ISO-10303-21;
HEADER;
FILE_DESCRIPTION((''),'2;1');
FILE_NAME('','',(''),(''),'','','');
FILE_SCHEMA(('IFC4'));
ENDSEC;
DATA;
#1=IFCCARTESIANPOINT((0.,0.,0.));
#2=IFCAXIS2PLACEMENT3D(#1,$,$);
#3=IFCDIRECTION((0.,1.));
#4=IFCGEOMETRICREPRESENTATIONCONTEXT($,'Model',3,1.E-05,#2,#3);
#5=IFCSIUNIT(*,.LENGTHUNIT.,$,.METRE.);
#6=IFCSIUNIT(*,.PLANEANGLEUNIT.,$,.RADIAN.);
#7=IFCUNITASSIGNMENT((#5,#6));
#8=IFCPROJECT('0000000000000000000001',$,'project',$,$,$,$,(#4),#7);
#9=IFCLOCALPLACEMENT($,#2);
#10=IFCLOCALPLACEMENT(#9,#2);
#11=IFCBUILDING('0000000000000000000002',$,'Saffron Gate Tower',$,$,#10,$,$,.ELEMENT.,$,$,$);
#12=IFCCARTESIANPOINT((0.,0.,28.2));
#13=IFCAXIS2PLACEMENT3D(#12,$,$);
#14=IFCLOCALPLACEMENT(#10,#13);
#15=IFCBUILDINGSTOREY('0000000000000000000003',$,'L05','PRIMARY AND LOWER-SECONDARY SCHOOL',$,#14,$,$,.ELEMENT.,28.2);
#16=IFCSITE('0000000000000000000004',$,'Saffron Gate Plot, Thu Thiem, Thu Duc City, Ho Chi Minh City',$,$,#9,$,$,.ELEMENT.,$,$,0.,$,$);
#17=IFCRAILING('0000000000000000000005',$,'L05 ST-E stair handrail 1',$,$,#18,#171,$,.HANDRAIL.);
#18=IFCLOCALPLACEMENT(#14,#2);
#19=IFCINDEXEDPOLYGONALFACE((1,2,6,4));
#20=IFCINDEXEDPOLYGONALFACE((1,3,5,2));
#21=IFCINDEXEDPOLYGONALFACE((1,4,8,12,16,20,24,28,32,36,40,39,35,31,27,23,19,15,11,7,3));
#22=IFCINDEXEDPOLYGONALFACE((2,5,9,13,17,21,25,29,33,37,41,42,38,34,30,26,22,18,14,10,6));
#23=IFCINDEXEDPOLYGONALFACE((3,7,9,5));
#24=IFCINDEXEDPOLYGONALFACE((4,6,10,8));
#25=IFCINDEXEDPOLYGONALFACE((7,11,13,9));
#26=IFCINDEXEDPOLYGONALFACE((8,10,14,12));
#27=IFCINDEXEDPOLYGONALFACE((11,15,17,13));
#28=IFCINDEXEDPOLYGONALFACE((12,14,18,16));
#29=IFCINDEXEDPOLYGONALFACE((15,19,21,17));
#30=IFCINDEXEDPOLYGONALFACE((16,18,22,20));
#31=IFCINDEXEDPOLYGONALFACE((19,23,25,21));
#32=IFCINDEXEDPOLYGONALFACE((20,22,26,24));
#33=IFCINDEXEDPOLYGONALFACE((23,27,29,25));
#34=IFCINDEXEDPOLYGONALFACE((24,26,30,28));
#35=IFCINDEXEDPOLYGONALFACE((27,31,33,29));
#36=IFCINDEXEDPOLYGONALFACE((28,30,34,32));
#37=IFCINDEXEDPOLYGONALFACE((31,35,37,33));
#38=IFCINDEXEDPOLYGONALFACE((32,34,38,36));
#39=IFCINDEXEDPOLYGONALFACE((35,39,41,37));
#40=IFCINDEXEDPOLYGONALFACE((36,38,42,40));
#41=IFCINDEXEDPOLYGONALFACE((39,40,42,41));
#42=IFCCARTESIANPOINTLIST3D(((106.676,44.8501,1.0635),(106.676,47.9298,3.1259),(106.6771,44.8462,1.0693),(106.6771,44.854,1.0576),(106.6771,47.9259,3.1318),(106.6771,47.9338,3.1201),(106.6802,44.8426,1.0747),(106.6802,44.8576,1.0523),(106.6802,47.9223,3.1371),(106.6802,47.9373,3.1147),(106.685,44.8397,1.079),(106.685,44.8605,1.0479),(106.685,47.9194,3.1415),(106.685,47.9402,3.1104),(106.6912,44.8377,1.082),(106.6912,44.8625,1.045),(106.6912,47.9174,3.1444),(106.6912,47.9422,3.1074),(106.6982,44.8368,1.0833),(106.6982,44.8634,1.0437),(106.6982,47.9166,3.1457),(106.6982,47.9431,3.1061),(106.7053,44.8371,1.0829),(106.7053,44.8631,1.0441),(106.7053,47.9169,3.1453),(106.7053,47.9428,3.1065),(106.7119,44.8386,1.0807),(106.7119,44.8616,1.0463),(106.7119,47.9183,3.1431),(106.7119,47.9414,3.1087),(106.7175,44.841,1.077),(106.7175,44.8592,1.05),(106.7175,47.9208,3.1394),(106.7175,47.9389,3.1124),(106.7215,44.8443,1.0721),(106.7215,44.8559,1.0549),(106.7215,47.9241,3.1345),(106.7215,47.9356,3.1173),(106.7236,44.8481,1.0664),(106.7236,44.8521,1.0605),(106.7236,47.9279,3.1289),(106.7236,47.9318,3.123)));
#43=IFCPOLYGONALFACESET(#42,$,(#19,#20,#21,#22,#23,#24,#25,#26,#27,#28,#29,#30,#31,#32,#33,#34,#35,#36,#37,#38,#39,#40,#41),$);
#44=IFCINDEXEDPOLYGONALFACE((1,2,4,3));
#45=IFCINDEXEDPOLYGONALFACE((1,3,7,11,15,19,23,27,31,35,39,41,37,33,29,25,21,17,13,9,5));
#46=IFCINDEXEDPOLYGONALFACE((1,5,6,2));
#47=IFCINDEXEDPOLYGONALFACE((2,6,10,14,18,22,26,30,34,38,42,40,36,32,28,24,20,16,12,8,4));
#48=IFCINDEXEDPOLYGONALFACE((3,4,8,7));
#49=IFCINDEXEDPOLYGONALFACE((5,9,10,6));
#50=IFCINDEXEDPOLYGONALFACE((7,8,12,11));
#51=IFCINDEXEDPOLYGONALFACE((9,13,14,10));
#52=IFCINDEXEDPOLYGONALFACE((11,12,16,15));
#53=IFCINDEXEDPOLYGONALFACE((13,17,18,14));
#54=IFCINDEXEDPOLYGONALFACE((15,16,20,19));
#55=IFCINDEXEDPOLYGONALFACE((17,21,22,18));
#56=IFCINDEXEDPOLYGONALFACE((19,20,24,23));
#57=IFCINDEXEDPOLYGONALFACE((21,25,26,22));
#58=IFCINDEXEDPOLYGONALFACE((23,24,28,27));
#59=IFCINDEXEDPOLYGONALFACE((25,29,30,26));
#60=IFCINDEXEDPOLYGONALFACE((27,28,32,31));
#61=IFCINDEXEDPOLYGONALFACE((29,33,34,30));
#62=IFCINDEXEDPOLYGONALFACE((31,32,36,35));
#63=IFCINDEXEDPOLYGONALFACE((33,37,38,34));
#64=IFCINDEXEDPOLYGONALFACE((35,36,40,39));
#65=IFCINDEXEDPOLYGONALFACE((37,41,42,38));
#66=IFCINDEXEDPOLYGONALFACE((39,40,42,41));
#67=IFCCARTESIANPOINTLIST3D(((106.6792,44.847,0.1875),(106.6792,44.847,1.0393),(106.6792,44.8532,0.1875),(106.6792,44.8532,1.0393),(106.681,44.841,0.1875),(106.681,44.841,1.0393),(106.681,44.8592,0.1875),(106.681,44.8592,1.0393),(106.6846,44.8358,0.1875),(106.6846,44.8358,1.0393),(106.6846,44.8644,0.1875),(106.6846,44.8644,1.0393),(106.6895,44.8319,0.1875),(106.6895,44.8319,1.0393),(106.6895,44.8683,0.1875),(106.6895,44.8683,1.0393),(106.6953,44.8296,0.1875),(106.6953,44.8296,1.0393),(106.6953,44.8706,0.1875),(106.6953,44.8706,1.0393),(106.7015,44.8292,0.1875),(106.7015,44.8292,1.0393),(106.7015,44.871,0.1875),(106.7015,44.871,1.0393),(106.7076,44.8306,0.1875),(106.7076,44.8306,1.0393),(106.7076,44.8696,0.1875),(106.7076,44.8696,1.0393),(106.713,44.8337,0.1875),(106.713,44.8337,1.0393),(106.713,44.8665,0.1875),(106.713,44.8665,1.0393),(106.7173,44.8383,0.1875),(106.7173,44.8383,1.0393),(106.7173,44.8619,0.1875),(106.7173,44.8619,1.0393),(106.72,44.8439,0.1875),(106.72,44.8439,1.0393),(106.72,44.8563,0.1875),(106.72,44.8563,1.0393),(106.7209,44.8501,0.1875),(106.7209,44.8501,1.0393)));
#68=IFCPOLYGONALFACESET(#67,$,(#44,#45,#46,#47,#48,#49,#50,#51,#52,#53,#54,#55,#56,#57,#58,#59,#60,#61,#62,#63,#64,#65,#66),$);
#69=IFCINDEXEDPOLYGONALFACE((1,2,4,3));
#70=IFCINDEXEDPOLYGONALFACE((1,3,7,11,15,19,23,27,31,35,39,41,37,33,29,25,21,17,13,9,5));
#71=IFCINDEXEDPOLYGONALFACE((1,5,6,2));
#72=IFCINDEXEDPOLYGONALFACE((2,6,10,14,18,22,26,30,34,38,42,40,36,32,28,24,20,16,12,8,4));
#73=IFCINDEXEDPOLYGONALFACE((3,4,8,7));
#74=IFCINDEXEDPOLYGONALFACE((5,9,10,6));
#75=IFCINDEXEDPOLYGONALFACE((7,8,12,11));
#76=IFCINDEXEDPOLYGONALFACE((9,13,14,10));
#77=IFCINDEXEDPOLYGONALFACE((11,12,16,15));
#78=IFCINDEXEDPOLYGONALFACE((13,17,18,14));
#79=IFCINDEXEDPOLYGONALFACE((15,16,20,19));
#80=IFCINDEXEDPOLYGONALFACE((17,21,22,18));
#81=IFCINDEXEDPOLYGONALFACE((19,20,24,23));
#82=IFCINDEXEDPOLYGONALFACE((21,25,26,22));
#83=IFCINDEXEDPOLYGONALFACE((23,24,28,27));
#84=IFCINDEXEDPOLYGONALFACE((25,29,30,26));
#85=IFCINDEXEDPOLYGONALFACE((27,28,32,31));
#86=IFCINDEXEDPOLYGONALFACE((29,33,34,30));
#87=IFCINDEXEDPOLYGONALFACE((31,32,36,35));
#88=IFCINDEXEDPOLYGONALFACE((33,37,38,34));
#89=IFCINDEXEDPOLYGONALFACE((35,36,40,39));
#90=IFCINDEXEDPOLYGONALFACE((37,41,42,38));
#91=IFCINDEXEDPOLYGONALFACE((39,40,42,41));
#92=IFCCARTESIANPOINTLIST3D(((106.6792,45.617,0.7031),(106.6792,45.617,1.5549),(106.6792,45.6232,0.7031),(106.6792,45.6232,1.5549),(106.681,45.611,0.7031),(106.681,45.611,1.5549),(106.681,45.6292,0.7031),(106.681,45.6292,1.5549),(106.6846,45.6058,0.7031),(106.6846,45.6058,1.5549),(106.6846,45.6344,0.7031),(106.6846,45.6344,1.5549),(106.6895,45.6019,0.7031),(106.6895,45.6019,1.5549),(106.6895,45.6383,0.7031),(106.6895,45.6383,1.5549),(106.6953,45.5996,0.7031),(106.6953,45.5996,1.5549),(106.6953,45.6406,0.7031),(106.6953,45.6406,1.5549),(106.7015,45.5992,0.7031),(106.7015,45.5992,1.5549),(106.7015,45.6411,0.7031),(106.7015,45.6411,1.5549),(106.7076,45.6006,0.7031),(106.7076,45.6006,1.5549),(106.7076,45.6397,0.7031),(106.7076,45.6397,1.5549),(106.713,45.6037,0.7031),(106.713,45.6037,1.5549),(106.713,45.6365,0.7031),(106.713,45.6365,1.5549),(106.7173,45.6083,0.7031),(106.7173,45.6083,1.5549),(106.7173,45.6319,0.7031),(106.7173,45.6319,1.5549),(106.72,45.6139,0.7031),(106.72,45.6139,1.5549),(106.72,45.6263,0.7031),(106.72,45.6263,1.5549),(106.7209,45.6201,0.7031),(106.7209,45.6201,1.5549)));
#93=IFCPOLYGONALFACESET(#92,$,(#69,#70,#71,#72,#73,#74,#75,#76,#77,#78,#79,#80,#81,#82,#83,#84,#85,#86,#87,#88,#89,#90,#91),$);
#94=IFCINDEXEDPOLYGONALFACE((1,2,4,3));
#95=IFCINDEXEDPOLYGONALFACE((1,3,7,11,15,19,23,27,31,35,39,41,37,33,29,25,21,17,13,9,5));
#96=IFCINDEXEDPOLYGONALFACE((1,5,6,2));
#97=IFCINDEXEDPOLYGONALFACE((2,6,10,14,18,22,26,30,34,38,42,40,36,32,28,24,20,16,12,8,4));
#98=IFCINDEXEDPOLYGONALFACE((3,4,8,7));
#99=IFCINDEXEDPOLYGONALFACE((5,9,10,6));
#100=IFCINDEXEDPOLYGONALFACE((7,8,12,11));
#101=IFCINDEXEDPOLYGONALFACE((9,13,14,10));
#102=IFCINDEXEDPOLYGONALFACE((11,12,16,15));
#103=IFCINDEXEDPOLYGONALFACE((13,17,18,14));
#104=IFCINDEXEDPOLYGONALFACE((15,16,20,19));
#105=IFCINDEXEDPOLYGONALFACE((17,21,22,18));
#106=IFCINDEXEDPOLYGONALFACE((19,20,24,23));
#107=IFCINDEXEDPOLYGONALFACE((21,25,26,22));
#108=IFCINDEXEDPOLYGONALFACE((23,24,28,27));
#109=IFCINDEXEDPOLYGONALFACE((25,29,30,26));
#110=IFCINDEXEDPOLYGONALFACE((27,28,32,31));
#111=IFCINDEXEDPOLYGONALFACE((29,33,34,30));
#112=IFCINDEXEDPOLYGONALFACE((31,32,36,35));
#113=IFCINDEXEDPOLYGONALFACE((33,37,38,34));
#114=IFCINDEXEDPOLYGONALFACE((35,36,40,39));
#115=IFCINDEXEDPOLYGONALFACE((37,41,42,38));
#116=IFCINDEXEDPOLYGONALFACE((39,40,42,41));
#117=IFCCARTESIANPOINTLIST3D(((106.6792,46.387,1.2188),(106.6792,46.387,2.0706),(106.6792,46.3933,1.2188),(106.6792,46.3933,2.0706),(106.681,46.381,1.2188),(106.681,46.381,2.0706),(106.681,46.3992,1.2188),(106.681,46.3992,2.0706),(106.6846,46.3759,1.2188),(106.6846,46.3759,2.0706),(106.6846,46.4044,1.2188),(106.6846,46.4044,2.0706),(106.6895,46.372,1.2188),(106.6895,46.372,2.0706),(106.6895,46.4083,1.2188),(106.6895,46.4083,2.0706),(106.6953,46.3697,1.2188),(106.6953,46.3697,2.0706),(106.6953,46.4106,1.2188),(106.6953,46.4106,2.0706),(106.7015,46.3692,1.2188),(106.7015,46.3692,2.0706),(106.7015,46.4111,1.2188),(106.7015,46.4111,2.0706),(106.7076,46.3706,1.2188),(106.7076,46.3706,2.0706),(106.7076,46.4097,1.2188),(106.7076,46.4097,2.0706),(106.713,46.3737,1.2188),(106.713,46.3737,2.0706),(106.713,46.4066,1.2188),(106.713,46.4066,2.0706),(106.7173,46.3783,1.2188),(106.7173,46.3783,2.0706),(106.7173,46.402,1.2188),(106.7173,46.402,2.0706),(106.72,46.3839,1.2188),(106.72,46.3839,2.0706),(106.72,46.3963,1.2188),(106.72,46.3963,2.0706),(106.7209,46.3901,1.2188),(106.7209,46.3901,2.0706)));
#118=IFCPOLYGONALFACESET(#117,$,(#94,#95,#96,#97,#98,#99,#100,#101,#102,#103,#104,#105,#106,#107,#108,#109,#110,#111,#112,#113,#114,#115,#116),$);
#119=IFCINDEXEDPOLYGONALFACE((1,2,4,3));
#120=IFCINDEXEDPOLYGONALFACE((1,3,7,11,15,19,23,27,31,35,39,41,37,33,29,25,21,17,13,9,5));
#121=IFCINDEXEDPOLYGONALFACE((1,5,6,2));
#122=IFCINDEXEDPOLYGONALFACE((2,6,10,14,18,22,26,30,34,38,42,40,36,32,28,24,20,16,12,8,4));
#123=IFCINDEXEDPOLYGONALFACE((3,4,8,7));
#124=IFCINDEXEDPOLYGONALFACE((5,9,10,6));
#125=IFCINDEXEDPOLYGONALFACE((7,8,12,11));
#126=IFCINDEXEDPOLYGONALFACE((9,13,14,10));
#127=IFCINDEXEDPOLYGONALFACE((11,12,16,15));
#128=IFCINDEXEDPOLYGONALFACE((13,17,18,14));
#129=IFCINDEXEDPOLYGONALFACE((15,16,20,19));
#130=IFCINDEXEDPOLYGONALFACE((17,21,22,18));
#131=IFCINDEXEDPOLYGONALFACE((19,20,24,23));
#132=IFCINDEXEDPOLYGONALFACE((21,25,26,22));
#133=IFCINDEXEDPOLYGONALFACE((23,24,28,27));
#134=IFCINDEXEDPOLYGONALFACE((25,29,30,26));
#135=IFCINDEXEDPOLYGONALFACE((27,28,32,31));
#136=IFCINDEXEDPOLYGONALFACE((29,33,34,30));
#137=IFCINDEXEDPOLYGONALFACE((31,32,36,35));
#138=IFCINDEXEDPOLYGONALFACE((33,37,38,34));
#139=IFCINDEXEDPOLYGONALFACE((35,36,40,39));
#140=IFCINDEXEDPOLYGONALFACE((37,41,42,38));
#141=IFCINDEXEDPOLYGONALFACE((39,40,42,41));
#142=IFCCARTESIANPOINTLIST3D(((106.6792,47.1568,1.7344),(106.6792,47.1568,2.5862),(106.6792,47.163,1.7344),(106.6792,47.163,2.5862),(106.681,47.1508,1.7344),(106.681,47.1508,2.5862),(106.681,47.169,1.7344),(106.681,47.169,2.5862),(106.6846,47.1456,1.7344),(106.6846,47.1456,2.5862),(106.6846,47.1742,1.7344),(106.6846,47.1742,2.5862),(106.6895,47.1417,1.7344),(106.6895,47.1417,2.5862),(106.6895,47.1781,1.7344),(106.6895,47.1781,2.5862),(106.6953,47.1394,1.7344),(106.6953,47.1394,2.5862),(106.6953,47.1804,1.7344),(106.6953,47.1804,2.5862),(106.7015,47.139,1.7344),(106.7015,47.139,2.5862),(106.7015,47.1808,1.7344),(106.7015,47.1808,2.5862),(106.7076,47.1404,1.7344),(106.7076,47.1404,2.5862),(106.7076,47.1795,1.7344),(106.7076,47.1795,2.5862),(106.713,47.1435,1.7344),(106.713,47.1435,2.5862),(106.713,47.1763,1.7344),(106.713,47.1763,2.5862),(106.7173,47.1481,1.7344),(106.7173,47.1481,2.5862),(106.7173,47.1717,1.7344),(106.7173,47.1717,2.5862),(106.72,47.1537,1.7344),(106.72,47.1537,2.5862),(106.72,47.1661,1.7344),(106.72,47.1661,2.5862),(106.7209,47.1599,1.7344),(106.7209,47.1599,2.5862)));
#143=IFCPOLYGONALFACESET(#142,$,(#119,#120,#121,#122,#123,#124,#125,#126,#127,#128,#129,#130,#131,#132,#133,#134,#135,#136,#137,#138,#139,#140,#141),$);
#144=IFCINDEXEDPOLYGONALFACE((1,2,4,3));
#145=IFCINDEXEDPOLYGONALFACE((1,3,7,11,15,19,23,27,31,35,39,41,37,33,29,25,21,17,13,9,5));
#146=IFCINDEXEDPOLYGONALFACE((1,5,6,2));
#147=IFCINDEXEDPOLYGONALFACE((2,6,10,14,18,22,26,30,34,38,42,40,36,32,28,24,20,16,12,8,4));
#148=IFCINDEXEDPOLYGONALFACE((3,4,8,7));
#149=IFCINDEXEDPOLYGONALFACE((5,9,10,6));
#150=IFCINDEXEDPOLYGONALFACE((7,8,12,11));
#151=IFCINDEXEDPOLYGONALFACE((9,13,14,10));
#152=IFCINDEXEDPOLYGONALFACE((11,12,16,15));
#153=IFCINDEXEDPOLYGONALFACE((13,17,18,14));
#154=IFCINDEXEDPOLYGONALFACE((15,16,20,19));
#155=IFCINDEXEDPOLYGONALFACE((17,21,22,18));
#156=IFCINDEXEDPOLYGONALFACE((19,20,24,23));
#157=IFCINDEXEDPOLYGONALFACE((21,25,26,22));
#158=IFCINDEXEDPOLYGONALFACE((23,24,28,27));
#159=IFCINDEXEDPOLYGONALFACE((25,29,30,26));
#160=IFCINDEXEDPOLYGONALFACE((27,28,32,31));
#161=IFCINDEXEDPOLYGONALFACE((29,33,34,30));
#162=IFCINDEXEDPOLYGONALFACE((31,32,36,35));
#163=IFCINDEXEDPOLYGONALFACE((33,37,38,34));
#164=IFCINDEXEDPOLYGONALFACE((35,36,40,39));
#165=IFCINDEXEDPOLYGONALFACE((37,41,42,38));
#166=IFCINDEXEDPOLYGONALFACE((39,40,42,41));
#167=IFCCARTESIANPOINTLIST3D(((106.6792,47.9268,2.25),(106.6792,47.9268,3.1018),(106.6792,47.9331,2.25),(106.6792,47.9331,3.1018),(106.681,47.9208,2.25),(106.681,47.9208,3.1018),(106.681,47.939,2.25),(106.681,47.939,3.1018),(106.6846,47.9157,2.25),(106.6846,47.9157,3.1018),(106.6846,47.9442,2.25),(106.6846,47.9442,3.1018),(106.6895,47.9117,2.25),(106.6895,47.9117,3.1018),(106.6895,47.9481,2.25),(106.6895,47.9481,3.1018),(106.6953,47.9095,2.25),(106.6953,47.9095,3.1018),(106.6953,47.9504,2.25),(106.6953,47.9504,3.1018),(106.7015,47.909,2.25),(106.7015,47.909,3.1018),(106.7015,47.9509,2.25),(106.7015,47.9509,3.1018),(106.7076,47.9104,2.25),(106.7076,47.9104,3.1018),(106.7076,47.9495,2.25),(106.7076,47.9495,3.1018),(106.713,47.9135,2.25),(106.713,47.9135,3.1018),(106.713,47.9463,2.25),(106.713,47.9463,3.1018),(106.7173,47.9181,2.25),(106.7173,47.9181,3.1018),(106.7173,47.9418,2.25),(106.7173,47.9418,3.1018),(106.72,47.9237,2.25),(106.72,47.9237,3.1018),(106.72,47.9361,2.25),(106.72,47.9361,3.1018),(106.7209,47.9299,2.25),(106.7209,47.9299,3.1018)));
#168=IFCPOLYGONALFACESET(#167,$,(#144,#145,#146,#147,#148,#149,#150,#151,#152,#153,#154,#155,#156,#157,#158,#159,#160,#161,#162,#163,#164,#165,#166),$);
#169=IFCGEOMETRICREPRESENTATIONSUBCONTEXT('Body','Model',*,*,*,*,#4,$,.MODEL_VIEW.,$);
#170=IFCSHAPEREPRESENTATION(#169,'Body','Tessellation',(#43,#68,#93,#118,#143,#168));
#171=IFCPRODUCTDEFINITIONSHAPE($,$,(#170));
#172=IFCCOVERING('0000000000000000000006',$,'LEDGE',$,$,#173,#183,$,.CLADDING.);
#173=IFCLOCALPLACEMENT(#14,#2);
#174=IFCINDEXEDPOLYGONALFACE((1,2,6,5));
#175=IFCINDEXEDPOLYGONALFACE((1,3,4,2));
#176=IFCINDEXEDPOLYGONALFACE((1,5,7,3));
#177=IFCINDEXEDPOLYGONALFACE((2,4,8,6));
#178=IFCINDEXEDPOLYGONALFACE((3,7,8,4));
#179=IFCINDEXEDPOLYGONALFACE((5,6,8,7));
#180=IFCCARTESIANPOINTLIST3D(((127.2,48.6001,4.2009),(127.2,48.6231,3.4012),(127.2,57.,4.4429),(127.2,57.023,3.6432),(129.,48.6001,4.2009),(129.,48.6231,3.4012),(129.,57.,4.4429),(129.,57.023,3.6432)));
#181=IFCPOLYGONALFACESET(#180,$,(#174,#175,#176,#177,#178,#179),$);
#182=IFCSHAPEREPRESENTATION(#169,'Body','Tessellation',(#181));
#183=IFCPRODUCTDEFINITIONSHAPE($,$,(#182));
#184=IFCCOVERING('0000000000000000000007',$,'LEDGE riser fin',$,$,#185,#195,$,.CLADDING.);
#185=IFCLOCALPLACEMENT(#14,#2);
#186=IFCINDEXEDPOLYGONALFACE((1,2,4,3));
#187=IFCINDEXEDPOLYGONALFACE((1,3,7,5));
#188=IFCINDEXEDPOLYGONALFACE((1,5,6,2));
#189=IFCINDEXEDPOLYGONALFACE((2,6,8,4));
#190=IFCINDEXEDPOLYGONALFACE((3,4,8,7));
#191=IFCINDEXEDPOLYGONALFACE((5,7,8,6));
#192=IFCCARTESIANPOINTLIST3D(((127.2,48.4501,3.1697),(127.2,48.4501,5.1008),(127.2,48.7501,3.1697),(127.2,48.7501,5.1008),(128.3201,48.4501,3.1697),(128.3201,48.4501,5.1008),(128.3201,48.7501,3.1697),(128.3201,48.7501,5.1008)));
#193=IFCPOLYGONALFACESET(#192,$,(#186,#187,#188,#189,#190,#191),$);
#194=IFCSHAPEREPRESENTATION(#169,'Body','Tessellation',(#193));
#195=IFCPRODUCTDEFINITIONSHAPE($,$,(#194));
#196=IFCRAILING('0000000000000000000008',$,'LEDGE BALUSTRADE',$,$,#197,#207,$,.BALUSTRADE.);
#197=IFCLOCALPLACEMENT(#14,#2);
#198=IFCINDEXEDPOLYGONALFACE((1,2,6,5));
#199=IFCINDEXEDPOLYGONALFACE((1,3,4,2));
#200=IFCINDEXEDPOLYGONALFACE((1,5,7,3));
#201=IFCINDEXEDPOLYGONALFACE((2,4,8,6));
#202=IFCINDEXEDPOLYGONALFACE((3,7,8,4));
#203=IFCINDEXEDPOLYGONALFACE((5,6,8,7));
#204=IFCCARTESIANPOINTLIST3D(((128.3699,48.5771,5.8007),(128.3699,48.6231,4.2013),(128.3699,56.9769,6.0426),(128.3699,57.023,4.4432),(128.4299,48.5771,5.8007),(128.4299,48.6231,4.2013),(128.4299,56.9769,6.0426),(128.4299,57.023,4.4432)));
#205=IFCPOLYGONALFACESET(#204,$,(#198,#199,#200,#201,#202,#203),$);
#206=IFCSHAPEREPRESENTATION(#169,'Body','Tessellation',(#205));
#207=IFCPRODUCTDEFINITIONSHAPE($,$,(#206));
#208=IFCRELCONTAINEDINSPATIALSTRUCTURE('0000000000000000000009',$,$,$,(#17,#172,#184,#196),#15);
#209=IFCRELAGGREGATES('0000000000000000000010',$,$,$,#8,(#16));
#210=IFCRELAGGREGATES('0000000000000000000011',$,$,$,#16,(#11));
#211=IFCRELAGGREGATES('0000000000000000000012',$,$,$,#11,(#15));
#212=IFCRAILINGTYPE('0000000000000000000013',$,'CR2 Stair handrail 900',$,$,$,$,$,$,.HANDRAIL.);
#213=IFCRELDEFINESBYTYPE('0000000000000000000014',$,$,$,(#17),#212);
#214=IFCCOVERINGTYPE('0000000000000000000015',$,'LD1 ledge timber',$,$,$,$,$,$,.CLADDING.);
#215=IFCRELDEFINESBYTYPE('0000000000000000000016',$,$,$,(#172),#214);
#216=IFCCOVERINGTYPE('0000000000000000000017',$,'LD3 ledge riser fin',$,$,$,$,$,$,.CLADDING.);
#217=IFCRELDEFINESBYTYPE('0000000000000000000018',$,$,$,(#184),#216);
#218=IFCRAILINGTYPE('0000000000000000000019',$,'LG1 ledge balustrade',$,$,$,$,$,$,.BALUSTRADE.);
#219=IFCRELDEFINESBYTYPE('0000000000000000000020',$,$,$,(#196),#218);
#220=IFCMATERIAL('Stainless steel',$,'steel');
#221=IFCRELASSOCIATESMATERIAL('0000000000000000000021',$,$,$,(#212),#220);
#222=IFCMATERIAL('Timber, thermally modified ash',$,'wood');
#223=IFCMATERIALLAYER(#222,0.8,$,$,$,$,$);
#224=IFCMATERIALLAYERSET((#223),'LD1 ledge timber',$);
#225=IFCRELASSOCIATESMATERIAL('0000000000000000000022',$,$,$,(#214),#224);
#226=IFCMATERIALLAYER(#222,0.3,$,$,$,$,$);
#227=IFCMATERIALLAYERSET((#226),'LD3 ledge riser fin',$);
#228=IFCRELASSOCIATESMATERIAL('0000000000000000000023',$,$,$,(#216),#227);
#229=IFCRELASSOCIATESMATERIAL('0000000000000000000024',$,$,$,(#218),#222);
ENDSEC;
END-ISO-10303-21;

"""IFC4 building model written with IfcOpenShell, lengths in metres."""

from ifc_helpers import new_model, si_unit, direction, frame, origin, origin_2d, place, context, subcontext, project, spatial, polyline, rectangle, circle, outline, extrude, material, layer, layer_set, type_object, element, save


model = new_model("IFC4")

# Units and contexts
model_context = context("Model", 3, precision=1e-05, world=origin(), true_north=direction((0.0, 1.0)))
body_context = subcontext(model_context, "Body", "Model", "MODEL_VIEW")
ifc_project = project(units=[si_unit("LENGTHUNIT", "METRE"), si_unit("PLANEANGLEUNIT", "RADIAN")], contexts=[model_context])

# Site, building, storey
site_placement = place(None, origin())
site = spatial("IfcSite", under=ifc_project, at=site_placement, Name="Saffron Gate Plot, Thu Thiem, Thu Duc City, Ho Chi Minh City", CompositionType="ELEMENT", RefElevation=0.0)
building_placement = place(site_placement, origin())
building = spatial("IfcBuilding", under=site, at=building_placement, Name="Saffron Gate Tower", CompositionType="ELEMENT")
storey_placement = place(building_placement, frame((0.0, 0.0, 28.2)))
storey = spatial("IfcBuildingStorey", under=building, at=storey_placement, Name="L05", Description="PRIMARY AND LOWER-SECONDARY SCHOOL", CompositionType="ELEMENT", Elevation=28.2)

# Railing
ifc_material_1 = material(Name="Stainless steel", Category="steel")
railing_type_1 = type_object("IfcRailingType", Name="CR2 Stair handrail 900", PredefinedType="HANDRAIL", material=ifc_material_1)
railing_1_placement = place(storey_placement, frame((106.7, 44.8501, 0.1875)))
element("IfcRailing", 1, at=railing_1_placement, inside=storey, type_object=railing_type_1, Name="L05 ST-E stair handrail 1", PredefinedType="HANDRAIL", context=body_context, shape_type="SweptSolid", body=[
    extrude(circle(Radius=0.0239, at=origin_2d()), frame((0.0, 0.0, 0.876), z_axis=(0.0, 0.830893, 0.556432), x_axis=(-1.0, 0.0, 0.0)), (0.0, 0.0, 1.0), 3.7065),
    extrude(circle(Radius=0.021, at=origin_2d()), origin(), (0.0, 0.0, 1.0), 0.8518),
    extrude(circle(Radius=0.021, at=origin_2d()), frame((0.0, 0.77, 0.5156)), (0.0, 0.0, 1.0), 0.8518),
    extrude(circle(Radius=0.021, at=origin_2d()), frame((0.0, 1.54, 1.0312)), (0.0, 0.0, 1.0), 0.8518),
    extrude(circle(Radius=0.021, at=origin_2d()), frame((0.0, 2.3098, 1.5469)), (0.0, 0.0, 1.0), 0.8518),
    extrude(circle(Radius=0.021, at=origin_2d()), frame((0.0, 3.0798, 2.0625)), (0.0, 0.0, 1.0), 0.8518),
])

# Coverings
ifc_material_2 = material(Name="Timber, thermally modified ash", Category="wood")
ifc_layer_1 = layer(ifc_material_2, 0.8)
ifc_layer_set_1 = layer_set([ifc_layer_1], Name="LD1 ledge timber")
covering_type_1 = type_object("IfcCoveringType", Name="LD1 ledge timber", PredefinedType="CLADDING", material=ifc_layer_set_1)
covering_1_placement = place(storey_placement, frame((127.2, 48.6001, 4.2009), z_axis=(0.0, -0.028791, 0.999585), x_axis=(0.0, 0.999585, 0.028791)))
element("IfcCovering", 2, at=covering_1_placement, inside=storey, type_object=covering_type_1, Name="LEDGE", PredefinedType="CLADDING", context=body_context, shape_type="SweptSolid", body=[
    extrude(outline(polyline([(0.0, 0.0), (8.4034, 0.0), (8.4034, -1.8), (0.0, -1.8), (0.0, 0.0)])), origin(), (0.0, 0.0, -1.0), 0.8),
])
ifc_layer_2 = layer(ifc_material_2, 0.3)
ifc_layer_set_2 = layer_set([ifc_layer_2], Name="LD3 ledge riser fin")
covering_type_2 = type_object("IfcCoveringType", Name="LD3 ledge riser fin", PredefinedType="CLADDING", material=ifc_layer_set_2)
covering_2_placement = place(storey_placement, frame((127.76, 48.6001, 3.1697), z_axis=(0.0, 0.0, 1.0), x_axis=(0.0, 1.0, 0.0)))
element("IfcCovering", 3, at=covering_2_placement, inside=storey, type_object=covering_type_2, Name="LEDGE riser fin", PredefinedType="CLADDING", context=body_context, shape_type="SweptSolid", body=[
    extrude(rectangle(XDim=0.3, YDim=1.1201, at=origin_2d()), origin(), (0.0, 0.0, 1.0), 1.9312),
])

# Railing
railing_type_2 = type_object("IfcRailingType", Name="LG1 ledge balustrade", PredefinedType="BALUSTRADE", material=ifc_material_2)
railing_2_placement = place(storey_placement, frame((128.3999, 48.6001, 4.2009)))
element("IfcRailing", 4, at=railing_2_placement, inside=storey, type_object=railing_type_2, Name="LEDGE BALUSTRADE", PredefinedType="BALUSTRADE", context=body_context, shape_type="SweptSolid", body=[
    extrude(rectangle(XDim=0.0601, YDim=1.6001, at=origin_2d()), frame((0.0, 0.0, 0.8), z_axis=(0.0, 0.999585, 0.028791), x_axis=(-1.0, 0.0, 0.0)), (0.0, 0.0, 1.0), 8.4033),
])

save(model, "model.ifc")
